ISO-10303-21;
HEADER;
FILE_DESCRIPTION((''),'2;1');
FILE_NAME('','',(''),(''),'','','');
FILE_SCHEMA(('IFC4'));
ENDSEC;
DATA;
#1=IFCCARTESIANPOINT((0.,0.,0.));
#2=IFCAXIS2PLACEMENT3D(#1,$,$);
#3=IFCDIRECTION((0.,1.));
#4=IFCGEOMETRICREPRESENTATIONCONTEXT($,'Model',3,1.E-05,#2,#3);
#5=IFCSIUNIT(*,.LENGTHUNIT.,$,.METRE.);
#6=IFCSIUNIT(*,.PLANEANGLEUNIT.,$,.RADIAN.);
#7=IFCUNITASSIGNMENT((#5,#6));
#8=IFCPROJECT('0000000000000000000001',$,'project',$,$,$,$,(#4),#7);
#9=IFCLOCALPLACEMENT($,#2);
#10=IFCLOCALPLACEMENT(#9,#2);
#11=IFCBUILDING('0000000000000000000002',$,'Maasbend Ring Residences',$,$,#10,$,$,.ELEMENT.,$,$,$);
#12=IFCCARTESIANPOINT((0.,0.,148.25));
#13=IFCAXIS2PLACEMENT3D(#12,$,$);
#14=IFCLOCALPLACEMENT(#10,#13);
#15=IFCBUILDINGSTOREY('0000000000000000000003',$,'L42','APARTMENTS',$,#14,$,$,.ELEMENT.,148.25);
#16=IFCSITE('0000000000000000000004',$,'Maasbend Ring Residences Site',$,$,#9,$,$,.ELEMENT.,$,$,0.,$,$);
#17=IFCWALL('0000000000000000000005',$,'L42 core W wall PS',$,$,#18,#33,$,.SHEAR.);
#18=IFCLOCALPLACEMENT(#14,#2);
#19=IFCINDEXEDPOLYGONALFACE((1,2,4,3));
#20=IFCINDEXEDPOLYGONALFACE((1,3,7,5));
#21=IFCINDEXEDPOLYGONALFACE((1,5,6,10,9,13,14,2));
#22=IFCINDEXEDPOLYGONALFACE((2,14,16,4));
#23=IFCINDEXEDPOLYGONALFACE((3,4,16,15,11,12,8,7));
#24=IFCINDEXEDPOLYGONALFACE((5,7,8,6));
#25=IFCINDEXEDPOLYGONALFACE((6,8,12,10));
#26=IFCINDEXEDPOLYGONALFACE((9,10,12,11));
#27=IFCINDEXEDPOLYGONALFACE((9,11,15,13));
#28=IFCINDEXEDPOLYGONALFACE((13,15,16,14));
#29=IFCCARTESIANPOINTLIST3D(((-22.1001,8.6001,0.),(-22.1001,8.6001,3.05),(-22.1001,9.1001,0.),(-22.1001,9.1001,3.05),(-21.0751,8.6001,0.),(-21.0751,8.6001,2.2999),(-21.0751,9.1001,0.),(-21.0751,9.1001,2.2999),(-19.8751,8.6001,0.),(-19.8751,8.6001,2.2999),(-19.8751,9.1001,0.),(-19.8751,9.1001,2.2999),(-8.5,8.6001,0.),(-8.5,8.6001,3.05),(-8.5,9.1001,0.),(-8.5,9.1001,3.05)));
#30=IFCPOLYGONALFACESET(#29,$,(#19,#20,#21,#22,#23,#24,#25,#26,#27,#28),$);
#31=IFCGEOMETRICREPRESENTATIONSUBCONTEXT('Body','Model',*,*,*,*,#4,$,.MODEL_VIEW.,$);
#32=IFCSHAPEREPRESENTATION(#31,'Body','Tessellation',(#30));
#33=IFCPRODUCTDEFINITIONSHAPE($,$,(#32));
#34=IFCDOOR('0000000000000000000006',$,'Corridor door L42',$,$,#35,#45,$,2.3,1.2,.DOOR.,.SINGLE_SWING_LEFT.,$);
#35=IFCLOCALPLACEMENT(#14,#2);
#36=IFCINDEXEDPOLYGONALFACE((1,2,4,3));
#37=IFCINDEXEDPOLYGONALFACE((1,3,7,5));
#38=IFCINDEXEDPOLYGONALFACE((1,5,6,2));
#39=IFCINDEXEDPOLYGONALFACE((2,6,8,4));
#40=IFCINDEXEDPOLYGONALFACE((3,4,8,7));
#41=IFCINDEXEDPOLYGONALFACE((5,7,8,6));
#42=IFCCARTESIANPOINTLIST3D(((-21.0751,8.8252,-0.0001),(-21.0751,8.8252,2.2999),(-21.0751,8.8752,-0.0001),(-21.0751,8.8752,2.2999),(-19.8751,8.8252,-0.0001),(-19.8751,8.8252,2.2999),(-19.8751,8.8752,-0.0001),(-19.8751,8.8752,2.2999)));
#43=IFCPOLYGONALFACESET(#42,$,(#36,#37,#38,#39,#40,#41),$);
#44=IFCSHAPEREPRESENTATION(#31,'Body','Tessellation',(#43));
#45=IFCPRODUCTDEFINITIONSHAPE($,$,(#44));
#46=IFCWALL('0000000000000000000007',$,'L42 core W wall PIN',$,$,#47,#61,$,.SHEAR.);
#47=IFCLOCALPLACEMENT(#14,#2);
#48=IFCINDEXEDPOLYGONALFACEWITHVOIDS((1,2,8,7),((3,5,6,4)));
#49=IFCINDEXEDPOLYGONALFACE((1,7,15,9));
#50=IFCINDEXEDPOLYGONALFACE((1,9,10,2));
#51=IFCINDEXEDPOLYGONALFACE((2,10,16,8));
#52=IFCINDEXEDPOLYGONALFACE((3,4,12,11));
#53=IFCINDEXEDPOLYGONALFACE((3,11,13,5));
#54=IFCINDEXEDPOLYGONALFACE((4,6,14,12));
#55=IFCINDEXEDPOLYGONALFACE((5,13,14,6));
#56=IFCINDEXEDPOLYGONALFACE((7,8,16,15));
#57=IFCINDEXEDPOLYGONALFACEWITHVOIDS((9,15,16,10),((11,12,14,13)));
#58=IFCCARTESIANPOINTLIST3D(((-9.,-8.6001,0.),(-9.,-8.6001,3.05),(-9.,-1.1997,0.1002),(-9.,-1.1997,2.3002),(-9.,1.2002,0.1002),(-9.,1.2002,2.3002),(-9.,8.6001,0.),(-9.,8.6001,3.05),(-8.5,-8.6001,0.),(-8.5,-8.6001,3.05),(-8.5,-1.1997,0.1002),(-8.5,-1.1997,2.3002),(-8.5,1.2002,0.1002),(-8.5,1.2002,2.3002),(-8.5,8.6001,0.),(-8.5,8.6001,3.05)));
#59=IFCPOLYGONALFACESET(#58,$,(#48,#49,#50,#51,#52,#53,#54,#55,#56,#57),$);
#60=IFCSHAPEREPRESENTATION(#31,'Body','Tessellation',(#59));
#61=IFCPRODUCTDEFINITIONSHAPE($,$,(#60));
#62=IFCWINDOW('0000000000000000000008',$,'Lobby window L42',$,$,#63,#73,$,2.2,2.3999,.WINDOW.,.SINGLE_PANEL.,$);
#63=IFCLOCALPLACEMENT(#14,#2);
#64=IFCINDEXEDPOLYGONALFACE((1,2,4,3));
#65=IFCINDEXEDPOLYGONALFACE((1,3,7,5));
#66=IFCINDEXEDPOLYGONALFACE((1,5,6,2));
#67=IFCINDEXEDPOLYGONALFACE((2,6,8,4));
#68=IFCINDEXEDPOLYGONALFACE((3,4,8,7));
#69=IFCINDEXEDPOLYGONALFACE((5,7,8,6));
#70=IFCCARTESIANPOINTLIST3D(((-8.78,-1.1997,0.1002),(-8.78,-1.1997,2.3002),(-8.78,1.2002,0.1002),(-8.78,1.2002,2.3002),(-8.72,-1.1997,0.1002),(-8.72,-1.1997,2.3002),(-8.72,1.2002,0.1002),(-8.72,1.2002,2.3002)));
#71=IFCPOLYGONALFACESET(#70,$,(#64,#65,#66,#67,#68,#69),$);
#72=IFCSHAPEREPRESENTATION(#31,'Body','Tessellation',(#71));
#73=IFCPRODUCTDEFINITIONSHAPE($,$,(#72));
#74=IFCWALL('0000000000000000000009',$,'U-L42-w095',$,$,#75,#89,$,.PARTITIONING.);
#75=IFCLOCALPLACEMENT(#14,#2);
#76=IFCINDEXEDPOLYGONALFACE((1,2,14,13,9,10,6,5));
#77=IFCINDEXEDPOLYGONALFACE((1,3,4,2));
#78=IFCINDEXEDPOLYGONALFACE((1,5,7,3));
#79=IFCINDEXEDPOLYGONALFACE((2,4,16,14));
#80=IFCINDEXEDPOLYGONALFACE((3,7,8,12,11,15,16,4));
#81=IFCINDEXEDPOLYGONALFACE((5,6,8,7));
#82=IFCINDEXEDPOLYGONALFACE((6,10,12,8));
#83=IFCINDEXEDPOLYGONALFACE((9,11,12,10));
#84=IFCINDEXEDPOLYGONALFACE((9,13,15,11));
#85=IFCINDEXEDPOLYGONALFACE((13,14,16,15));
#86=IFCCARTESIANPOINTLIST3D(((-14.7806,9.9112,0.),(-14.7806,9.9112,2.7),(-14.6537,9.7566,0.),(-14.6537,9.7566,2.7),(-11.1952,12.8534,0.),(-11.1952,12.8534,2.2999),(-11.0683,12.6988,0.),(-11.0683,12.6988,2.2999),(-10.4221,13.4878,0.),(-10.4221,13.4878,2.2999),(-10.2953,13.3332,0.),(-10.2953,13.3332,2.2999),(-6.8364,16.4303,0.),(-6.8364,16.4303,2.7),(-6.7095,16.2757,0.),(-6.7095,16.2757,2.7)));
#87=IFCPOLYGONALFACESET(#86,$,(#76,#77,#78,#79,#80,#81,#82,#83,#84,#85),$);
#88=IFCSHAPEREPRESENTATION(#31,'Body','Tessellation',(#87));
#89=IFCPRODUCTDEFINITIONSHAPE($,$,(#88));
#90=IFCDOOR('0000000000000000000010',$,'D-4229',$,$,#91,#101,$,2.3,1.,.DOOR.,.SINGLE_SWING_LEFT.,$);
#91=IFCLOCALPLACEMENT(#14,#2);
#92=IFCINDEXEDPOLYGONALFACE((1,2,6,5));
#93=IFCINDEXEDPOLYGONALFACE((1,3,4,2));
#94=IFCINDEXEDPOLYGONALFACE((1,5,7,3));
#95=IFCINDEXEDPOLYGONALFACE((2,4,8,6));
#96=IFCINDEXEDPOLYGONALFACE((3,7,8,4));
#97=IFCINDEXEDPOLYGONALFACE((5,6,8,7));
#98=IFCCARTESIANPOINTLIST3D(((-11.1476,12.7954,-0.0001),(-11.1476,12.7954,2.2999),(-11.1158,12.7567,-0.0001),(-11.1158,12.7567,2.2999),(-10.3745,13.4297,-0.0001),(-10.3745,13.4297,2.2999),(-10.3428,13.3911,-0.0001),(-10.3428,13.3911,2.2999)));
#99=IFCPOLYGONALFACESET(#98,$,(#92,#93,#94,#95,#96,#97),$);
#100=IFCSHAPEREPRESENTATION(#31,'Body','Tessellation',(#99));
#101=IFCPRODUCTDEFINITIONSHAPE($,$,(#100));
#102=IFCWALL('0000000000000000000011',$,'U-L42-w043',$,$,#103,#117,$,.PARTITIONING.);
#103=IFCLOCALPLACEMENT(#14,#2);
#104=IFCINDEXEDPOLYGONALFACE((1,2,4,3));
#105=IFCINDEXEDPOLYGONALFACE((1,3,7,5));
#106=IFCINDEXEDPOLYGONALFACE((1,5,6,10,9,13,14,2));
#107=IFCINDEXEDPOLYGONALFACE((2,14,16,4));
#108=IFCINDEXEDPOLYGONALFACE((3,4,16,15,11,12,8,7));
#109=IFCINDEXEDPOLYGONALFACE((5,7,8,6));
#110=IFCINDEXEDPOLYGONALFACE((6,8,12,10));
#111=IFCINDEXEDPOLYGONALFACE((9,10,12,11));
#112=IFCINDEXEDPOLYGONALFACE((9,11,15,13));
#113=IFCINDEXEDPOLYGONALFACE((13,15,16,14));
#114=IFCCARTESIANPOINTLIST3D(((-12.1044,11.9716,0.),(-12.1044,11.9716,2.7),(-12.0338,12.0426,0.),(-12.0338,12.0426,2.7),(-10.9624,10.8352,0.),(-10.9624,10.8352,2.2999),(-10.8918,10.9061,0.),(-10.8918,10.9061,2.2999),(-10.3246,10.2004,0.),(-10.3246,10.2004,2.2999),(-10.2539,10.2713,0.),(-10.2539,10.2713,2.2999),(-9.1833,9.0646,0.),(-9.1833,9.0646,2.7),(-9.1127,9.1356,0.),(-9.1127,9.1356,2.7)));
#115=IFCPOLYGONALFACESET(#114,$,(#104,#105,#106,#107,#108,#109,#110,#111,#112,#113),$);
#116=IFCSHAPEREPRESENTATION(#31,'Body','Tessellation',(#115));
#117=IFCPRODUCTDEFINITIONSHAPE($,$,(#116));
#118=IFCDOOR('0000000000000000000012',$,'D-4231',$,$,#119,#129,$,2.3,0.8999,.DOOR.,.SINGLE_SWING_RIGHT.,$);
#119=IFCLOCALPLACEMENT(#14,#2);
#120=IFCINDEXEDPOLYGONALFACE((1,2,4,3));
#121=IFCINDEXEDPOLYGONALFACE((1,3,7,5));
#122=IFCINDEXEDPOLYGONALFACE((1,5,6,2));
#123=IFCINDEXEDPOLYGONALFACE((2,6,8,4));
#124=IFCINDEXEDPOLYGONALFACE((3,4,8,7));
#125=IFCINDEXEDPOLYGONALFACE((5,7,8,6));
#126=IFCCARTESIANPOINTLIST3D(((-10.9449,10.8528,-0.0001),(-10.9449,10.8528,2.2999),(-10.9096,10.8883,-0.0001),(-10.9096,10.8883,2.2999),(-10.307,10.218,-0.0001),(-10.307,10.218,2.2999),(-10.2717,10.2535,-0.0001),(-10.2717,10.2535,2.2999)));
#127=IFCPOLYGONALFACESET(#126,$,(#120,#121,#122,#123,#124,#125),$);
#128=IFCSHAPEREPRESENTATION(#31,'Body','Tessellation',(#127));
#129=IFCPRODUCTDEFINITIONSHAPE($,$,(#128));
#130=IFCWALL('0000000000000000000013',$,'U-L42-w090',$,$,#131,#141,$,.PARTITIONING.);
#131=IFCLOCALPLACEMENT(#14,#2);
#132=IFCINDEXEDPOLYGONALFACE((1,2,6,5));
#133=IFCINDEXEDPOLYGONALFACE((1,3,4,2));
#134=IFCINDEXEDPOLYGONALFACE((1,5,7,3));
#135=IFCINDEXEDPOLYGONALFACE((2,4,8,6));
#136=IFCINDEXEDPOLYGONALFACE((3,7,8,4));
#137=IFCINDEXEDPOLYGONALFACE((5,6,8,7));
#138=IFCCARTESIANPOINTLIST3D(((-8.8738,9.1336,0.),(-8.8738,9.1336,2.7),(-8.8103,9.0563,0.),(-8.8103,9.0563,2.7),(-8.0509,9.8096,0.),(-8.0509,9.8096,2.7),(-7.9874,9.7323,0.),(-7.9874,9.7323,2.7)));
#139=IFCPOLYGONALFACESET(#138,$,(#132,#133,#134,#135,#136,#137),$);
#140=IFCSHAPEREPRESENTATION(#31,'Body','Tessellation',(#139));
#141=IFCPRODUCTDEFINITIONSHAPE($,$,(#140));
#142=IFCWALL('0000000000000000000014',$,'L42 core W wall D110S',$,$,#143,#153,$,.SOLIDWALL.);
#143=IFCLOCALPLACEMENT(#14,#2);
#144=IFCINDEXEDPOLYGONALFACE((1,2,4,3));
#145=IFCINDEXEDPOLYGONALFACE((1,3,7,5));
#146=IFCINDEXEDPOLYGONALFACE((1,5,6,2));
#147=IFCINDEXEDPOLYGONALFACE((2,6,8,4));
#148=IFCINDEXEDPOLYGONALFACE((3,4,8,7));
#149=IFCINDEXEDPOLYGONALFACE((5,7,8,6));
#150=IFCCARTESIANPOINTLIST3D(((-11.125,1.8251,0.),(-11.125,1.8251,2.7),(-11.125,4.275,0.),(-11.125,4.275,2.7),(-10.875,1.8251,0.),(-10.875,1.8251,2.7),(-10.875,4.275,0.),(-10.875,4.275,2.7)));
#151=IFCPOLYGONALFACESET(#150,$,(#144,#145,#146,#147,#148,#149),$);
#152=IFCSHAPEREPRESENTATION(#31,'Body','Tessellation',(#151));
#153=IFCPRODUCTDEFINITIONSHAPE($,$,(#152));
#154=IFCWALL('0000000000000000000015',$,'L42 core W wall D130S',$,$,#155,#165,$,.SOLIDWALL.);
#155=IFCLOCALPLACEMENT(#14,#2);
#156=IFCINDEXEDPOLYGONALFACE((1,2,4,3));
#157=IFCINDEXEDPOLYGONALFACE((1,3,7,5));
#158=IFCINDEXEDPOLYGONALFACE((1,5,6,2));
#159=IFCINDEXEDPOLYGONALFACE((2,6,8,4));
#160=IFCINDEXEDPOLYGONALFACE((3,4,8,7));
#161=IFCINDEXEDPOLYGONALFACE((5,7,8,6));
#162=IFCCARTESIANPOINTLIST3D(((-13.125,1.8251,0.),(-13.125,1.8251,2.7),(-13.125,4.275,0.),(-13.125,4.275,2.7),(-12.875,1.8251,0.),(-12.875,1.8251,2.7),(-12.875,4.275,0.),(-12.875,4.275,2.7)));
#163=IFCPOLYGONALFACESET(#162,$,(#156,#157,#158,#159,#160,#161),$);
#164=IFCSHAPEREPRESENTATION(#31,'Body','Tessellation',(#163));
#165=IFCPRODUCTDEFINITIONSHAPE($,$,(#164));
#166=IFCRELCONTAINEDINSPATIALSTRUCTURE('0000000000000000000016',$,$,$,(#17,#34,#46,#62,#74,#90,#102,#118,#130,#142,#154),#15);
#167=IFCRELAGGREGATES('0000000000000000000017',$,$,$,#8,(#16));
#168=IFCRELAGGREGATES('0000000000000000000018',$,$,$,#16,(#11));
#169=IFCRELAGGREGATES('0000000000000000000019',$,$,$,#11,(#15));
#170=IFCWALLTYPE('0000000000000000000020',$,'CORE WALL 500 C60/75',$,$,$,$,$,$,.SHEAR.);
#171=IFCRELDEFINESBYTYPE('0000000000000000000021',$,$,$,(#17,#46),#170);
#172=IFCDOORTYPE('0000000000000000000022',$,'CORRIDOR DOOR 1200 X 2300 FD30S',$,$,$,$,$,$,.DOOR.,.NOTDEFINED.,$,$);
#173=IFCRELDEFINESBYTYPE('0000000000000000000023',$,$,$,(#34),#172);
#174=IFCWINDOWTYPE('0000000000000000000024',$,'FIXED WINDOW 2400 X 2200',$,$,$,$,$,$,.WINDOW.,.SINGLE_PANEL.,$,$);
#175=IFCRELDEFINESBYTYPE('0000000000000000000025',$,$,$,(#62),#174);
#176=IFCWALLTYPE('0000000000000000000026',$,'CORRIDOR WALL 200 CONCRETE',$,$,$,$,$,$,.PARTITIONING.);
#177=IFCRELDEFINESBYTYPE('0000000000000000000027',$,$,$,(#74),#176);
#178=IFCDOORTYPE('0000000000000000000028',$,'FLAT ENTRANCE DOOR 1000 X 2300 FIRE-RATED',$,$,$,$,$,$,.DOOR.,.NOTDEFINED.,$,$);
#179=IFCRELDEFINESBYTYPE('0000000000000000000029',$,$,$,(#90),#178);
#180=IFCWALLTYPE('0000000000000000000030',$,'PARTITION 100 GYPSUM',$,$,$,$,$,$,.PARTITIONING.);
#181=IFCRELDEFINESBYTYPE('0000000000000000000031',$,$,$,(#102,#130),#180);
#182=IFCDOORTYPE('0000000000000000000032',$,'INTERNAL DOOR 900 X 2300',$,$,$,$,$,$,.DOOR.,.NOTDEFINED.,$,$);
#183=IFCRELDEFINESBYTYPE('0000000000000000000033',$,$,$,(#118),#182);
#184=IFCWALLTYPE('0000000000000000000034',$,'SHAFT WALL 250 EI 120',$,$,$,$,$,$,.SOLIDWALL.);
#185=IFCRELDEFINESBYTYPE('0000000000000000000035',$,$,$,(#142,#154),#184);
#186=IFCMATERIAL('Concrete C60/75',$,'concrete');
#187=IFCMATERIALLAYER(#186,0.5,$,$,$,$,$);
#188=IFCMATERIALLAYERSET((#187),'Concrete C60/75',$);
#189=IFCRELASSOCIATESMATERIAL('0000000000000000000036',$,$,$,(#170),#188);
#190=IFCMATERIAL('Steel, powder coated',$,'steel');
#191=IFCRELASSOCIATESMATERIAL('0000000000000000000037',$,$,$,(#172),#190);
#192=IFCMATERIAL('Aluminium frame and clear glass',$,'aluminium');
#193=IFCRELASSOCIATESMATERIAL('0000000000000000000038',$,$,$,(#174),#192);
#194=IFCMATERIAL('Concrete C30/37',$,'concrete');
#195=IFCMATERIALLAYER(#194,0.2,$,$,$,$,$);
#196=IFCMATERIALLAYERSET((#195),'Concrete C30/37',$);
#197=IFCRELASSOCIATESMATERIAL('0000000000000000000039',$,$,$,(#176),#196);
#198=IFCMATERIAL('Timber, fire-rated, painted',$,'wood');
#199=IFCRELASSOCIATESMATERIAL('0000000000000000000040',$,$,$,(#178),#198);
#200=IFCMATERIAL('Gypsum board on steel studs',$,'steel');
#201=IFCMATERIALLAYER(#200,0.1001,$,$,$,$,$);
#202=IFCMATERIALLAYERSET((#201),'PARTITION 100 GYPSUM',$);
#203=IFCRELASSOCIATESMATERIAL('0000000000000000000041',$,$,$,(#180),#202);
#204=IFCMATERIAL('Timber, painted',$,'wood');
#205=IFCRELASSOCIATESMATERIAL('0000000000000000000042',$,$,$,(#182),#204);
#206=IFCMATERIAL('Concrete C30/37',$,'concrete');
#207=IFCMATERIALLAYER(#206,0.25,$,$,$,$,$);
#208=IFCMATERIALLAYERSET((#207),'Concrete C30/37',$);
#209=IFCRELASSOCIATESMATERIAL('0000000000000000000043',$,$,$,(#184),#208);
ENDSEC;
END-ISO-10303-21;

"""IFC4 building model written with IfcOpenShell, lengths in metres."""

from ifc_helpers import new_model, si_unit, direction, frame, frame_2d, origin, place, context, subcontext, project, spatial, rectangle, extrude, material, layer, layer_set, type_object, element, fill, save


model = new_model("IFC4")

# Units and contexts
model_context = context("Model", 3, precision=1e-05, world=origin(), true_north=direction((0.0, 1.0)))
body_context = subcontext(model_context, "Body", "Model", "MODEL_VIEW")
ifc_project = project(units=[si_unit("LENGTHUNIT", "METRE"), si_unit("PLANEANGLEUNIT", "RADIAN")], contexts=[model_context])

# Site, building, storey
site_placement = place(None, origin())
site = spatial("IfcSite", under=ifc_project, at=site_placement, Name="Maasbend Ring Residences Site", CompositionType="ELEMENT", RefElevation=0.0)
building_placement = place(site_placement, origin())
building = spatial("IfcBuilding", under=site, at=building_placement, Name="Maasbend Ring Residences", CompositionType="ELEMENT")
storey_placement = place(building_placement, frame((0.0, 0.0, 148.25)))
storey = spatial("IfcBuildingStorey", under=building, at=storey_placement, Name="L42", Description="APARTMENTS", CompositionType="ELEMENT", Elevation=148.25)

# Wall, opening, door
ifc_material_1 = material(Name="Concrete C60/75", Category="concrete")
ifc_layer_1 = layer(ifc_material_1, 0.5)
ifc_layer_set_1 = layer_set([ifc_layer_1], Name="Concrete C60/75")
wall_type_1 = type_object("IfcWallType", Name="CORE WALL 500 C60/75", PredefinedType="SHEAR", material=ifc_layer_set_1)
wall_1_placement = place(storey_placement, frame((-8.5, 8.8501, 0.0), z_axis=(0.0, 0.0, 1.0), x_axis=(-1.0, 0.0, 0.0)))
wall_1 = element("IfcWall", 1, at=wall_1_placement, inside=storey, type_object=wall_type_1, Name="L42 core W wall PS", PredefinedType="SHEAR", context=body_context, shape_type="SweptSolid", body=[
    extrude(rectangle(XDim=13.6001, YDim=0.5, at=frame_2d((6.8, 0.0))), origin(), (0.0, 0.0, 1.0), 3.05),
])
opening_1_placement = place(wall_1_placement, frame((11.375, 0.0, 0.0)))
opening_1 = element("IfcOpeningElement", 2, at=opening_1_placement, cuts=wall_1, PredefinedType="OPENING", context=body_context, shape_type="SweptSolid", body=[
    extrude(rectangle(XDim=1.2, YDim=2.3, at=frame_2d((0.6001, 1.1499))), frame((0.0, 0.26, 0.0), z_axis=(0.0, -1.0, 0.0), x_axis=(1.0, 0.0, 0.0)), (0.0, 0.0, 1.0), 0.52),
])
ifc_material_2 = material(Name="Steel, powder coated", Category="steel")
door_type_1 = type_object("IfcDoorType", Name="CORRIDOR DOOR 1200 X 2300 FD30S", OperationType="NOTDEFINED", PredefinedType="DOOR", material=ifc_material_2)
door_1_placement = place(opening_1_placement, origin())
door_1 = element("IfcDoor", 3, at=door_1_placement, inside=storey, type_object=door_type_1, Name="Corridor door L42", OperationType="SINGLE_SWING_LEFT", OverallHeight=2.3, OverallWidth=1.2, PredefinedType="DOOR", context=body_context, shape_type="SweptSolid", body=[
    extrude(rectangle(XDim=1.2, YDim=2.3, at=frame_2d((0.6001, 1.1499))), frame((0.0, 0.0249, 0.0), z_axis=(0.0, -1.0, 0.0), x_axis=(1.0, 0.0, 0.0)), (0.0, 0.0, 1.0), 0.05),
])
fill(opening_1, door_1)

# Wall, opening, window
wall_2_placement = place(storey_placement, frame((-8.75, 8.6001, 0.0), z_axis=(0.0, 0.0, 1.0), x_axis=(0.0, -1.0, 0.0)))
wall_2 = element("IfcWall", 4, at=wall_2_placement, inside=storey, type_object=wall_type_1, Name="L42 core W wall PIN", PredefinedType="SHEAR", context=body_context, shape_type="SweptSolid", body=[
    extrude(rectangle(XDim=17.2002, YDim=0.5, at=frame_2d((8.6001, 0.0))), origin(), (0.0, 0.0, 1.0), 3.05),
])
opening_2_placement = place(wall_2_placement, frame((7.3999, 0.0, 0.1001)))
opening_2 = element("IfcOpeningElement", 5, at=opening_2_placement, cuts=wall_2, PredefinedType="OPENING", context=body_context, shape_type="SweptSolid", body=[
    extrude(rectangle(XDim=2.3999, YDim=2.2, at=frame_2d((1.2, 1.1001))), frame((0.0, 0.26, 0.0), z_axis=(0.0, -1.0, 0.0), x_axis=(1.0, 0.0, 0.0)), (0.0, 0.0, 1.0), 0.52),
])
ifc_material_3 = material(Name="Aluminium frame and clear glass", Category="aluminium")
window_type = type_object("IfcWindowType", Name="FIXED WINDOW 2400 X 2200", PartitioningType="SINGLE_PANEL", PredefinedType="WINDOW", material=ifc_material_3)
window_placement = place(opening_2_placement, origin())
window = element("IfcWindow", 6, at=window_placement, inside=storey, type_object=window_type, Name="Lobby window L42", OverallHeight=2.2, OverallWidth=2.3999, PartitioningType="SINGLE_PANEL", PredefinedType="WINDOW", context=body_context, shape_type="SweptSolid", body=[
    extrude(rectangle(XDim=2.3999, YDim=2.2, at=frame_2d((1.2, 1.1001))), frame((0.0, 0.03, 0.0), z_axis=(0.0, -1.0, 0.0), x_axis=(1.0, 0.0, 0.0)), (0.0, 0.0, 1.0), 0.0601),
])
fill(opening_2, window)

# Walls, openings, doors
ifc_material_4 = material(Name="Concrete C30/37", Category="concrete")
ifc_layer_2 = layer(ifc_material_4, 0.2)
ifc_layer_set_2 = layer_set([ifc_layer_2], Name="Concrete C30/37")
wall_type_2 = type_object("IfcWallType", Name="CORRIDOR WALL 200 CONCRETE", PredefinedType="PARTITIONING", material=ifc_layer_set_2)
wall_3_placement = place(storey_placement, frame((-14.717, 9.834, 0.0), z_axis=(0.0, 0.0, 1.0), x_axis=(0.773035, 0.634364, 0.0)))
wall_3 = element("IfcWall", 7, at=wall_3_placement, inside=storey, type_object=wall_type_2, Name="U-L42-w095", PredefinedType="PARTITIONING", context=body_context, shape_type="SweptSolid", body=[
    extrude(rectangle(XDim=10.2766, YDim=0.2, at=frame_2d((5.1382, 0.0))), origin(), (0.0, 0.0, 1.0), 2.7),
])
opening_3_placement = place(wall_3_placement, frame((4.6379, 0.0, 0.0)))
opening_3 = element("IfcOpeningElement", 8, at=opening_3_placement, cuts=wall_3, PredefinedType="OPENING", context=body_context, shape_type="SweptSolid", body=[
    extrude(rectangle(XDim=1.0, YDim=2.3, at=frame_2d((0.5, 1.1499))), frame((0.0, 0.1099, 0.0), z_axis=(0.0, -1.0, 0.0), x_axis=(1.0, 0.0, 0.0)), (0.0, 0.0, 1.0), 0.22),
])
ifc_material_5 = material(Name="Timber, fire-rated, painted", Category="wood")
door_type_2 = type_object("IfcDoorType", Name="FLAT ENTRANCE DOOR 1000 X 2300 FIRE-RATED", OperationType="NOTDEFINED", PredefinedType="DOOR", material=ifc_material_5)
door_2_placement = place(opening_3_placement, origin())
door_2 = element("IfcDoor", 9, at=door_2_placement, inside=storey, type_object=door_type_2, Name="D-4229", OperationType="SINGLE_SWING_LEFT", OverallHeight=2.3, OverallWidth=1.0, PredefinedType="DOOR", context=body_context, shape_type="SweptSolid", body=[
    extrude(rectangle(XDim=1.0, YDim=2.3, at=frame_2d((0.5, 1.1499))), frame((0.0, 0.0249, 0.0), z_axis=(0.0, -1.0, 0.0), x_axis=(1.0, 0.0, 0.0)), (0.0, 0.0, 1.0), 0.05),
])
fill(opening_3, door_2)
ifc_material_6 = material(Name="Gypsum board on steel studs", Category="steel")
ifc_layer_3 = layer(ifc_material_6, 0.1001)
ifc_layer_set_3 = layer_set([ifc_layer_3], Name="PARTITION 100 GYPSUM")
wall_type_3 = type_object("IfcWallType", Name="PARTITION 100 GYPSUM", PredefinedType="PARTITIONING", material=ifc_layer_set_3)
wall_4_placement = place(storey_placement, frame((-12.0691, 12.0071, 0.0), z_axis=(0.0, 0.0, 1.0), x_axis=(0.708823, -0.705387, 0.0)))
wall_4 = element("IfcWall", 10, at=wall_4_placement, inside=storey, type_object=wall_type_3, Name="U-L42-w043", PredefinedType="PARTITIONING", context=body_context, shape_type="SweptSolid", body=[
    extrude(rectangle(XDim=4.1211, YDim=0.1001, at=frame_2d((2.0605, 0.0))), origin(), (0.0, 0.0, 1.0), 2.7),
])
opening_4_placement = place(wall_4_placement, frame((1.6111, 0.0, 0.0)))
opening_4 = element("IfcOpeningElement", 11, at=opening_4_placement, cuts=wall_4, PredefinedType="OPENING", context=body_context, shape_type="SweptSolid", body=[
    extrude(rectangle(XDim=0.8999, YDim=2.3, at=frame_2d((0.45, 1.1499))), frame((0.0, 0.0601, 0.0), z_axis=(0.0, -1.0, 0.0), x_axis=(1.0, 0.0, 0.0)), (0.0, 0.0, 1.0), 0.1201),
])
ifc_material_7 = material(Name="Timber, painted", Category="wood")
door_type_3 = type_object("IfcDoorType", Name="INTERNAL DOOR 900 X 2300", OperationType="NOTDEFINED", PredefinedType="DOOR", material=ifc_material_7)
door_3_placement = place(opening_4_placement, origin())
door_3 = element("IfcDoor", 12, at=door_3_placement, inside=storey, type_object=door_type_3, Name="D-4231", OperationType="SINGLE_SWING_RIGHT", OverallHeight=2.3, OverallWidth=0.8999, PredefinedType="DOOR", context=body_context, shape_type="SweptSolid", body=[
    extrude(rectangle(XDim=0.8999, YDim=2.3, at=frame_2d((0.45, 1.1499))), frame((0.0, 0.0249, 0.0), z_axis=(0.0, -1.0, 0.0), x_axis=(1.0, 0.0, 0.0)), (0.0, 0.0, 1.0), 0.05),
])
fill(opening_4, door_3)

# Walls
wall_5_placement = place(storey_placement, frame((-8.842, 9.095, 0.0), z_axis=(0.0, 0.0, 1.0), x_axis=(0.77273, 0.634735, 0.0)))
element("IfcWall", 13, at=wall_5_placement, inside=storey, type_object=wall_type_3, Name="U-L42-w090", PredefinedType="PARTITIONING", context=body_context, shape_type="SweptSolid", body=[
    extrude(rectangle(XDim=1.0649, YDim=0.1001, at=frame_2d((0.5325, 0.0))), origin(), (0.0, 0.0, 1.0), 2.7),
])
ifc_material_8 = material(Name="Concrete C30/37", Category="concrete")
ifc_layer_4 = layer(ifc_material_8, 0.25)
ifc_layer_set_4 = layer_set([ifc_layer_4], Name="Concrete C30/37")
wall_type_4 = type_object("IfcWallType", Name="SHAFT WALL 250 EI 120", PredefinedType="SOLIDWALL", material=ifc_layer_set_4)
for number, where, z_axis, x_axis, name in (
    (14, (-11.0, 1.825, 0.0), (0.0, 0.0, 1.0), (0.0, 1.0, 0.0), "L42 core W wall D110S"),
    (15, (-13.0, 1.825, 0.0), (0.0, 0.0, 1.0), (0.0, 1.0, 0.0), "L42 core W wall D130S"),
):
    element("IfcWall", number, at=place(storey_placement, frame(where, z_axis=z_axis, x_axis=x_axis)), inside=storey, type_object=wall_type_4, Name=name, PredefinedType="SOLIDWALL", context=body_context, shape_type="SweptSolid", body=[
        extrude(rectangle(XDim=2.45, YDim=0.25, at=frame_2d((1.2251, 0.0))), origin(), (0.0, 0.0, 1.0), 2.7),
    ])

save(model, "model.ifc")
